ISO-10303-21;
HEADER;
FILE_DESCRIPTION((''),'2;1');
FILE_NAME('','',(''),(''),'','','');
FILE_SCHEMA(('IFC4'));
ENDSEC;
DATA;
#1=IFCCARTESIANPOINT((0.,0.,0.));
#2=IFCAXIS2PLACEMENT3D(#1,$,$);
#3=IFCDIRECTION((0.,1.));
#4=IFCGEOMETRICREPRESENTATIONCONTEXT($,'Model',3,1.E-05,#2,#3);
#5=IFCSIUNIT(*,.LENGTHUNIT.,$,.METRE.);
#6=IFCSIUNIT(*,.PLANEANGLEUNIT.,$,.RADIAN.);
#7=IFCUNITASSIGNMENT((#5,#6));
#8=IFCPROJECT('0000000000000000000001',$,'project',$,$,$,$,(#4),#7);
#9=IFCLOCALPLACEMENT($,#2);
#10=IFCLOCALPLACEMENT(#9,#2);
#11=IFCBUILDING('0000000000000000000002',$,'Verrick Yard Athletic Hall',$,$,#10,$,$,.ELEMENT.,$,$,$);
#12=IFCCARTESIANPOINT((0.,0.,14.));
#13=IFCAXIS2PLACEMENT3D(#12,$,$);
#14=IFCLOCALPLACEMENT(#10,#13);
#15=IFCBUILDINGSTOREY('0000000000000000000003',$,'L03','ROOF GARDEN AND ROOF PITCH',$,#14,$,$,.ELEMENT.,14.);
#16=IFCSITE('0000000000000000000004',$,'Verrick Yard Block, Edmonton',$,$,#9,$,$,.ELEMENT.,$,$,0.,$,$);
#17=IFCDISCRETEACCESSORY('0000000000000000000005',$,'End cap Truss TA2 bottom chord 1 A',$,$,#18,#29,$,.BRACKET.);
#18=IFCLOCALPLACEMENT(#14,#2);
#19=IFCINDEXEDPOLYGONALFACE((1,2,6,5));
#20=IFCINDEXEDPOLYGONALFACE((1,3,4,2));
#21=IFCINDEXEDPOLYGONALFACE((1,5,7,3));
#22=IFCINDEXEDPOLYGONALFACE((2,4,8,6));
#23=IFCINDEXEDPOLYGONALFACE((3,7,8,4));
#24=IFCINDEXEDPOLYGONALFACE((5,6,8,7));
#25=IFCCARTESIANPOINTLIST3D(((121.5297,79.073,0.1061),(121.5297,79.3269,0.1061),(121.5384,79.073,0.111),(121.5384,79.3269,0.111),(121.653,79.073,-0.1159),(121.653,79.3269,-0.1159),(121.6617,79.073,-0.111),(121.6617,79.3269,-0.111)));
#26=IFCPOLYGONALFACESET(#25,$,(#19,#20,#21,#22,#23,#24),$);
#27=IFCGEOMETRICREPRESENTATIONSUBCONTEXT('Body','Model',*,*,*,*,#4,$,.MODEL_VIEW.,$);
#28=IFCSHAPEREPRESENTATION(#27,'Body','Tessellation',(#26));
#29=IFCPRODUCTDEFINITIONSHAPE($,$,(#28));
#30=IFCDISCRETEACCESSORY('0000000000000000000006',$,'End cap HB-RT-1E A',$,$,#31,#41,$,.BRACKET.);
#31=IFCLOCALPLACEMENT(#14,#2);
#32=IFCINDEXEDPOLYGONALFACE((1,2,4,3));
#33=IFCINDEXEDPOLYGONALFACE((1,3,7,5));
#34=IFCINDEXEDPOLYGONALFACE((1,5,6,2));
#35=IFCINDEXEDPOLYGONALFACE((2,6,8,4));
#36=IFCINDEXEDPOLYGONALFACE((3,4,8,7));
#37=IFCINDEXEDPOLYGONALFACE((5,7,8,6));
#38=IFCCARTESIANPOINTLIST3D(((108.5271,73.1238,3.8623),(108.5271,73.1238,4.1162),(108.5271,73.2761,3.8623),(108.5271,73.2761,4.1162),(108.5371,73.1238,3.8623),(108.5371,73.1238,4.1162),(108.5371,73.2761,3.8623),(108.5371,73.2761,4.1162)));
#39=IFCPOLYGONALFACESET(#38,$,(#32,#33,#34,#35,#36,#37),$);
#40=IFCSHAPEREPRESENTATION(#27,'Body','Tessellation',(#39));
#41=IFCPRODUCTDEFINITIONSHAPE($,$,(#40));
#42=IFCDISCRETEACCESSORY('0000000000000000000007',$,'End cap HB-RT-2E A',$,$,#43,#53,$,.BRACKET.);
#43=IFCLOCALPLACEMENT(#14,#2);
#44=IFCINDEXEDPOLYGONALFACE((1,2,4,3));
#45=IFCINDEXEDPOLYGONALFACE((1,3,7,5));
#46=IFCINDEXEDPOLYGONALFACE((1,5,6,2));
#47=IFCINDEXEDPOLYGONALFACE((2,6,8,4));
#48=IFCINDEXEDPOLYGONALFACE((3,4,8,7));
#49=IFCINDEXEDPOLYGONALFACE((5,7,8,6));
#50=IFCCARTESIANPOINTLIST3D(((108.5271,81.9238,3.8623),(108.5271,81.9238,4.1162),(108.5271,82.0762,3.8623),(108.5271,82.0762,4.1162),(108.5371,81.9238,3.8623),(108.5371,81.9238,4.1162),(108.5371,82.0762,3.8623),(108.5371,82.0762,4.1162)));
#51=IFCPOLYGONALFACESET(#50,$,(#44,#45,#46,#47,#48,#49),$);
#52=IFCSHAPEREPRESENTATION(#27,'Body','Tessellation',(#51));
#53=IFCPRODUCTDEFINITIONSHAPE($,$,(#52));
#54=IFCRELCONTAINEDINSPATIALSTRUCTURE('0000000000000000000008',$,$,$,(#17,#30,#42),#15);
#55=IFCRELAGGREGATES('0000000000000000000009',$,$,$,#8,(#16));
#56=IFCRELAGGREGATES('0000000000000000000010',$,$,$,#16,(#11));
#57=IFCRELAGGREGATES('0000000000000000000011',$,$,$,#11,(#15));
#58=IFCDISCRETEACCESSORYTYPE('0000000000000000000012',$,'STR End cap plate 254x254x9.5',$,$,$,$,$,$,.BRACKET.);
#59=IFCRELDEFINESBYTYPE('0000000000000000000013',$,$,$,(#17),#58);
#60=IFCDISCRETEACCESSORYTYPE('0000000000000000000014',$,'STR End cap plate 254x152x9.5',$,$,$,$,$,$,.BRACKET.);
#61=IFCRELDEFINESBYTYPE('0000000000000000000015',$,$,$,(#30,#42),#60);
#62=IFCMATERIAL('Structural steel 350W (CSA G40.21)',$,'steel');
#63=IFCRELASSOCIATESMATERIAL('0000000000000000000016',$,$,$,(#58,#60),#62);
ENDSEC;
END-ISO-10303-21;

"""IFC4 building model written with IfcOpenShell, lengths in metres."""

from ifc_helpers import new_model, si_unit, direction, frame, origin, origin_2d, place, context, subcontext, project, spatial, rectangle, extrude, material, material_profile, profile_set, type_object, element, save


model = new_model("IFC4")

# Units and contexts
model_context = context("Model", 3, precision=1e-05, world=origin(), true_north=direction((0.0, 1.0)))
body_context = subcontext(model_context, "Body", "Model", "MODEL_VIEW")
ifc_project = project(units=[si_unit("LENGTHUNIT", "METRE"), si_unit("PLANEANGLEUNIT", "RADIAN")], contexts=[model_context])

# Site, building, storey
site_placement = place(None, origin())
site = spatial("IfcSite", under=ifc_project, at=site_placement, Name="Verrick Yard Block, Edmonton", CompositionType="ELEMENT", RefElevation=0.0)
building_placement = place(site_placement, origin())
building = spatial("IfcBuilding", under=site, at=building_placement, Name="Verrick Yard Athletic Hall", CompositionType="ELEMENT")
storey_placement = place(building_placement, frame((0.0, 0.0, 14.0)))
storey = spatial("IfcBuildingStorey", under=building, at=storey_placement, Name="L03", Description="ROOF GARDEN AND ROOF PITCH", CompositionType="ELEMENT", Elevation=14.0)

# Discrete accessories
ifc_material_1 = material(Name="Structural steel 350W (CSA G40.21)", Category="steel")
ifc_material_profile_1 = material_profile(ifc_material_1, rectangle(XDim=0.2539, YDim=0.2539, at=origin_2d()), Name="STR End cap plate 254x254x9.5")
ifc_profile_set_1 = profile_set([ifc_material_profile_1], Name="Structural steel 350W (CSA G40.21)")
discrete_accessory_type_1 = type_object("IfcDiscreteAccessoryType", Name="STR End cap plate 254x254x9.5", PredefinedType="BRACKET", material=ifc_profile_set_1)
discrete_accessory_placement = place(storey_placement, frame((121.5913, 79.2, -0.0049), z_axis=(0.874157, 0.0, 0.485643), x_axis=(0.0, 1.0, 0.0)))
element("IfcDiscreteAccessory", 1, at=discrete_accessory_placement, inside=storey, type_object=discrete_accessory_type_1, Name="End cap Truss TA2 bottom chord 1 A", PredefinedType="BRACKET", context=body_context, shape_type="SweptSolid", body=[
    extrude(rectangle(XDim=0.2539, YDim=0.2539, at=origin_2d()), origin(), (0.0, 0.0, 1.0), 0.01),
])
ifc_material_profile_2 = material_profile(ifc_material_1, rectangle(XDim=0.1523, YDim=0.2539, at=origin_2d()), Name="STR End cap plate 254x152x9.5")
ifc_profile_set_2 = profile_set([ifc_material_profile_2], Name="Structural steel 350W (CSA G40.21)")
discrete_accessory_type_2 = type_object("IfcDiscreteAccessoryType", Name="STR End cap plate 254x152x9.5", PredefinedType="BRACKET", material=ifc_profile_set_2)
for number, where, z_axis, x_axis, name in (
    (2, (108.5371, 73.2, 3.9893), (-1.0, 0.0, 0.0), (0.0, -1.0, 0.0), "End cap HB-RT-1E A"),
    (3, (108.5371, 82.0, 3.9893), (-1.0, 0.0, 0.0), (0.0, -1.0, 0.0), "End cap HB-RT-2E A"),
):
    element("IfcDiscreteAccessory", number, at=place(storey_placement, frame(where, z_axis=z_axis, x_axis=x_axis)), inside=storey, type_object=discrete_accessory_type_2, Name=name, PredefinedType="BRACKET", context=body_context, shape_type="SweptSolid", body=[
        extrude(rectangle(XDim=0.1523, YDim=0.2539, at=origin_2d()), origin(), (0.0, 0.0, 1.0), 0.01),
    ])

save(model, "model.ifc")
